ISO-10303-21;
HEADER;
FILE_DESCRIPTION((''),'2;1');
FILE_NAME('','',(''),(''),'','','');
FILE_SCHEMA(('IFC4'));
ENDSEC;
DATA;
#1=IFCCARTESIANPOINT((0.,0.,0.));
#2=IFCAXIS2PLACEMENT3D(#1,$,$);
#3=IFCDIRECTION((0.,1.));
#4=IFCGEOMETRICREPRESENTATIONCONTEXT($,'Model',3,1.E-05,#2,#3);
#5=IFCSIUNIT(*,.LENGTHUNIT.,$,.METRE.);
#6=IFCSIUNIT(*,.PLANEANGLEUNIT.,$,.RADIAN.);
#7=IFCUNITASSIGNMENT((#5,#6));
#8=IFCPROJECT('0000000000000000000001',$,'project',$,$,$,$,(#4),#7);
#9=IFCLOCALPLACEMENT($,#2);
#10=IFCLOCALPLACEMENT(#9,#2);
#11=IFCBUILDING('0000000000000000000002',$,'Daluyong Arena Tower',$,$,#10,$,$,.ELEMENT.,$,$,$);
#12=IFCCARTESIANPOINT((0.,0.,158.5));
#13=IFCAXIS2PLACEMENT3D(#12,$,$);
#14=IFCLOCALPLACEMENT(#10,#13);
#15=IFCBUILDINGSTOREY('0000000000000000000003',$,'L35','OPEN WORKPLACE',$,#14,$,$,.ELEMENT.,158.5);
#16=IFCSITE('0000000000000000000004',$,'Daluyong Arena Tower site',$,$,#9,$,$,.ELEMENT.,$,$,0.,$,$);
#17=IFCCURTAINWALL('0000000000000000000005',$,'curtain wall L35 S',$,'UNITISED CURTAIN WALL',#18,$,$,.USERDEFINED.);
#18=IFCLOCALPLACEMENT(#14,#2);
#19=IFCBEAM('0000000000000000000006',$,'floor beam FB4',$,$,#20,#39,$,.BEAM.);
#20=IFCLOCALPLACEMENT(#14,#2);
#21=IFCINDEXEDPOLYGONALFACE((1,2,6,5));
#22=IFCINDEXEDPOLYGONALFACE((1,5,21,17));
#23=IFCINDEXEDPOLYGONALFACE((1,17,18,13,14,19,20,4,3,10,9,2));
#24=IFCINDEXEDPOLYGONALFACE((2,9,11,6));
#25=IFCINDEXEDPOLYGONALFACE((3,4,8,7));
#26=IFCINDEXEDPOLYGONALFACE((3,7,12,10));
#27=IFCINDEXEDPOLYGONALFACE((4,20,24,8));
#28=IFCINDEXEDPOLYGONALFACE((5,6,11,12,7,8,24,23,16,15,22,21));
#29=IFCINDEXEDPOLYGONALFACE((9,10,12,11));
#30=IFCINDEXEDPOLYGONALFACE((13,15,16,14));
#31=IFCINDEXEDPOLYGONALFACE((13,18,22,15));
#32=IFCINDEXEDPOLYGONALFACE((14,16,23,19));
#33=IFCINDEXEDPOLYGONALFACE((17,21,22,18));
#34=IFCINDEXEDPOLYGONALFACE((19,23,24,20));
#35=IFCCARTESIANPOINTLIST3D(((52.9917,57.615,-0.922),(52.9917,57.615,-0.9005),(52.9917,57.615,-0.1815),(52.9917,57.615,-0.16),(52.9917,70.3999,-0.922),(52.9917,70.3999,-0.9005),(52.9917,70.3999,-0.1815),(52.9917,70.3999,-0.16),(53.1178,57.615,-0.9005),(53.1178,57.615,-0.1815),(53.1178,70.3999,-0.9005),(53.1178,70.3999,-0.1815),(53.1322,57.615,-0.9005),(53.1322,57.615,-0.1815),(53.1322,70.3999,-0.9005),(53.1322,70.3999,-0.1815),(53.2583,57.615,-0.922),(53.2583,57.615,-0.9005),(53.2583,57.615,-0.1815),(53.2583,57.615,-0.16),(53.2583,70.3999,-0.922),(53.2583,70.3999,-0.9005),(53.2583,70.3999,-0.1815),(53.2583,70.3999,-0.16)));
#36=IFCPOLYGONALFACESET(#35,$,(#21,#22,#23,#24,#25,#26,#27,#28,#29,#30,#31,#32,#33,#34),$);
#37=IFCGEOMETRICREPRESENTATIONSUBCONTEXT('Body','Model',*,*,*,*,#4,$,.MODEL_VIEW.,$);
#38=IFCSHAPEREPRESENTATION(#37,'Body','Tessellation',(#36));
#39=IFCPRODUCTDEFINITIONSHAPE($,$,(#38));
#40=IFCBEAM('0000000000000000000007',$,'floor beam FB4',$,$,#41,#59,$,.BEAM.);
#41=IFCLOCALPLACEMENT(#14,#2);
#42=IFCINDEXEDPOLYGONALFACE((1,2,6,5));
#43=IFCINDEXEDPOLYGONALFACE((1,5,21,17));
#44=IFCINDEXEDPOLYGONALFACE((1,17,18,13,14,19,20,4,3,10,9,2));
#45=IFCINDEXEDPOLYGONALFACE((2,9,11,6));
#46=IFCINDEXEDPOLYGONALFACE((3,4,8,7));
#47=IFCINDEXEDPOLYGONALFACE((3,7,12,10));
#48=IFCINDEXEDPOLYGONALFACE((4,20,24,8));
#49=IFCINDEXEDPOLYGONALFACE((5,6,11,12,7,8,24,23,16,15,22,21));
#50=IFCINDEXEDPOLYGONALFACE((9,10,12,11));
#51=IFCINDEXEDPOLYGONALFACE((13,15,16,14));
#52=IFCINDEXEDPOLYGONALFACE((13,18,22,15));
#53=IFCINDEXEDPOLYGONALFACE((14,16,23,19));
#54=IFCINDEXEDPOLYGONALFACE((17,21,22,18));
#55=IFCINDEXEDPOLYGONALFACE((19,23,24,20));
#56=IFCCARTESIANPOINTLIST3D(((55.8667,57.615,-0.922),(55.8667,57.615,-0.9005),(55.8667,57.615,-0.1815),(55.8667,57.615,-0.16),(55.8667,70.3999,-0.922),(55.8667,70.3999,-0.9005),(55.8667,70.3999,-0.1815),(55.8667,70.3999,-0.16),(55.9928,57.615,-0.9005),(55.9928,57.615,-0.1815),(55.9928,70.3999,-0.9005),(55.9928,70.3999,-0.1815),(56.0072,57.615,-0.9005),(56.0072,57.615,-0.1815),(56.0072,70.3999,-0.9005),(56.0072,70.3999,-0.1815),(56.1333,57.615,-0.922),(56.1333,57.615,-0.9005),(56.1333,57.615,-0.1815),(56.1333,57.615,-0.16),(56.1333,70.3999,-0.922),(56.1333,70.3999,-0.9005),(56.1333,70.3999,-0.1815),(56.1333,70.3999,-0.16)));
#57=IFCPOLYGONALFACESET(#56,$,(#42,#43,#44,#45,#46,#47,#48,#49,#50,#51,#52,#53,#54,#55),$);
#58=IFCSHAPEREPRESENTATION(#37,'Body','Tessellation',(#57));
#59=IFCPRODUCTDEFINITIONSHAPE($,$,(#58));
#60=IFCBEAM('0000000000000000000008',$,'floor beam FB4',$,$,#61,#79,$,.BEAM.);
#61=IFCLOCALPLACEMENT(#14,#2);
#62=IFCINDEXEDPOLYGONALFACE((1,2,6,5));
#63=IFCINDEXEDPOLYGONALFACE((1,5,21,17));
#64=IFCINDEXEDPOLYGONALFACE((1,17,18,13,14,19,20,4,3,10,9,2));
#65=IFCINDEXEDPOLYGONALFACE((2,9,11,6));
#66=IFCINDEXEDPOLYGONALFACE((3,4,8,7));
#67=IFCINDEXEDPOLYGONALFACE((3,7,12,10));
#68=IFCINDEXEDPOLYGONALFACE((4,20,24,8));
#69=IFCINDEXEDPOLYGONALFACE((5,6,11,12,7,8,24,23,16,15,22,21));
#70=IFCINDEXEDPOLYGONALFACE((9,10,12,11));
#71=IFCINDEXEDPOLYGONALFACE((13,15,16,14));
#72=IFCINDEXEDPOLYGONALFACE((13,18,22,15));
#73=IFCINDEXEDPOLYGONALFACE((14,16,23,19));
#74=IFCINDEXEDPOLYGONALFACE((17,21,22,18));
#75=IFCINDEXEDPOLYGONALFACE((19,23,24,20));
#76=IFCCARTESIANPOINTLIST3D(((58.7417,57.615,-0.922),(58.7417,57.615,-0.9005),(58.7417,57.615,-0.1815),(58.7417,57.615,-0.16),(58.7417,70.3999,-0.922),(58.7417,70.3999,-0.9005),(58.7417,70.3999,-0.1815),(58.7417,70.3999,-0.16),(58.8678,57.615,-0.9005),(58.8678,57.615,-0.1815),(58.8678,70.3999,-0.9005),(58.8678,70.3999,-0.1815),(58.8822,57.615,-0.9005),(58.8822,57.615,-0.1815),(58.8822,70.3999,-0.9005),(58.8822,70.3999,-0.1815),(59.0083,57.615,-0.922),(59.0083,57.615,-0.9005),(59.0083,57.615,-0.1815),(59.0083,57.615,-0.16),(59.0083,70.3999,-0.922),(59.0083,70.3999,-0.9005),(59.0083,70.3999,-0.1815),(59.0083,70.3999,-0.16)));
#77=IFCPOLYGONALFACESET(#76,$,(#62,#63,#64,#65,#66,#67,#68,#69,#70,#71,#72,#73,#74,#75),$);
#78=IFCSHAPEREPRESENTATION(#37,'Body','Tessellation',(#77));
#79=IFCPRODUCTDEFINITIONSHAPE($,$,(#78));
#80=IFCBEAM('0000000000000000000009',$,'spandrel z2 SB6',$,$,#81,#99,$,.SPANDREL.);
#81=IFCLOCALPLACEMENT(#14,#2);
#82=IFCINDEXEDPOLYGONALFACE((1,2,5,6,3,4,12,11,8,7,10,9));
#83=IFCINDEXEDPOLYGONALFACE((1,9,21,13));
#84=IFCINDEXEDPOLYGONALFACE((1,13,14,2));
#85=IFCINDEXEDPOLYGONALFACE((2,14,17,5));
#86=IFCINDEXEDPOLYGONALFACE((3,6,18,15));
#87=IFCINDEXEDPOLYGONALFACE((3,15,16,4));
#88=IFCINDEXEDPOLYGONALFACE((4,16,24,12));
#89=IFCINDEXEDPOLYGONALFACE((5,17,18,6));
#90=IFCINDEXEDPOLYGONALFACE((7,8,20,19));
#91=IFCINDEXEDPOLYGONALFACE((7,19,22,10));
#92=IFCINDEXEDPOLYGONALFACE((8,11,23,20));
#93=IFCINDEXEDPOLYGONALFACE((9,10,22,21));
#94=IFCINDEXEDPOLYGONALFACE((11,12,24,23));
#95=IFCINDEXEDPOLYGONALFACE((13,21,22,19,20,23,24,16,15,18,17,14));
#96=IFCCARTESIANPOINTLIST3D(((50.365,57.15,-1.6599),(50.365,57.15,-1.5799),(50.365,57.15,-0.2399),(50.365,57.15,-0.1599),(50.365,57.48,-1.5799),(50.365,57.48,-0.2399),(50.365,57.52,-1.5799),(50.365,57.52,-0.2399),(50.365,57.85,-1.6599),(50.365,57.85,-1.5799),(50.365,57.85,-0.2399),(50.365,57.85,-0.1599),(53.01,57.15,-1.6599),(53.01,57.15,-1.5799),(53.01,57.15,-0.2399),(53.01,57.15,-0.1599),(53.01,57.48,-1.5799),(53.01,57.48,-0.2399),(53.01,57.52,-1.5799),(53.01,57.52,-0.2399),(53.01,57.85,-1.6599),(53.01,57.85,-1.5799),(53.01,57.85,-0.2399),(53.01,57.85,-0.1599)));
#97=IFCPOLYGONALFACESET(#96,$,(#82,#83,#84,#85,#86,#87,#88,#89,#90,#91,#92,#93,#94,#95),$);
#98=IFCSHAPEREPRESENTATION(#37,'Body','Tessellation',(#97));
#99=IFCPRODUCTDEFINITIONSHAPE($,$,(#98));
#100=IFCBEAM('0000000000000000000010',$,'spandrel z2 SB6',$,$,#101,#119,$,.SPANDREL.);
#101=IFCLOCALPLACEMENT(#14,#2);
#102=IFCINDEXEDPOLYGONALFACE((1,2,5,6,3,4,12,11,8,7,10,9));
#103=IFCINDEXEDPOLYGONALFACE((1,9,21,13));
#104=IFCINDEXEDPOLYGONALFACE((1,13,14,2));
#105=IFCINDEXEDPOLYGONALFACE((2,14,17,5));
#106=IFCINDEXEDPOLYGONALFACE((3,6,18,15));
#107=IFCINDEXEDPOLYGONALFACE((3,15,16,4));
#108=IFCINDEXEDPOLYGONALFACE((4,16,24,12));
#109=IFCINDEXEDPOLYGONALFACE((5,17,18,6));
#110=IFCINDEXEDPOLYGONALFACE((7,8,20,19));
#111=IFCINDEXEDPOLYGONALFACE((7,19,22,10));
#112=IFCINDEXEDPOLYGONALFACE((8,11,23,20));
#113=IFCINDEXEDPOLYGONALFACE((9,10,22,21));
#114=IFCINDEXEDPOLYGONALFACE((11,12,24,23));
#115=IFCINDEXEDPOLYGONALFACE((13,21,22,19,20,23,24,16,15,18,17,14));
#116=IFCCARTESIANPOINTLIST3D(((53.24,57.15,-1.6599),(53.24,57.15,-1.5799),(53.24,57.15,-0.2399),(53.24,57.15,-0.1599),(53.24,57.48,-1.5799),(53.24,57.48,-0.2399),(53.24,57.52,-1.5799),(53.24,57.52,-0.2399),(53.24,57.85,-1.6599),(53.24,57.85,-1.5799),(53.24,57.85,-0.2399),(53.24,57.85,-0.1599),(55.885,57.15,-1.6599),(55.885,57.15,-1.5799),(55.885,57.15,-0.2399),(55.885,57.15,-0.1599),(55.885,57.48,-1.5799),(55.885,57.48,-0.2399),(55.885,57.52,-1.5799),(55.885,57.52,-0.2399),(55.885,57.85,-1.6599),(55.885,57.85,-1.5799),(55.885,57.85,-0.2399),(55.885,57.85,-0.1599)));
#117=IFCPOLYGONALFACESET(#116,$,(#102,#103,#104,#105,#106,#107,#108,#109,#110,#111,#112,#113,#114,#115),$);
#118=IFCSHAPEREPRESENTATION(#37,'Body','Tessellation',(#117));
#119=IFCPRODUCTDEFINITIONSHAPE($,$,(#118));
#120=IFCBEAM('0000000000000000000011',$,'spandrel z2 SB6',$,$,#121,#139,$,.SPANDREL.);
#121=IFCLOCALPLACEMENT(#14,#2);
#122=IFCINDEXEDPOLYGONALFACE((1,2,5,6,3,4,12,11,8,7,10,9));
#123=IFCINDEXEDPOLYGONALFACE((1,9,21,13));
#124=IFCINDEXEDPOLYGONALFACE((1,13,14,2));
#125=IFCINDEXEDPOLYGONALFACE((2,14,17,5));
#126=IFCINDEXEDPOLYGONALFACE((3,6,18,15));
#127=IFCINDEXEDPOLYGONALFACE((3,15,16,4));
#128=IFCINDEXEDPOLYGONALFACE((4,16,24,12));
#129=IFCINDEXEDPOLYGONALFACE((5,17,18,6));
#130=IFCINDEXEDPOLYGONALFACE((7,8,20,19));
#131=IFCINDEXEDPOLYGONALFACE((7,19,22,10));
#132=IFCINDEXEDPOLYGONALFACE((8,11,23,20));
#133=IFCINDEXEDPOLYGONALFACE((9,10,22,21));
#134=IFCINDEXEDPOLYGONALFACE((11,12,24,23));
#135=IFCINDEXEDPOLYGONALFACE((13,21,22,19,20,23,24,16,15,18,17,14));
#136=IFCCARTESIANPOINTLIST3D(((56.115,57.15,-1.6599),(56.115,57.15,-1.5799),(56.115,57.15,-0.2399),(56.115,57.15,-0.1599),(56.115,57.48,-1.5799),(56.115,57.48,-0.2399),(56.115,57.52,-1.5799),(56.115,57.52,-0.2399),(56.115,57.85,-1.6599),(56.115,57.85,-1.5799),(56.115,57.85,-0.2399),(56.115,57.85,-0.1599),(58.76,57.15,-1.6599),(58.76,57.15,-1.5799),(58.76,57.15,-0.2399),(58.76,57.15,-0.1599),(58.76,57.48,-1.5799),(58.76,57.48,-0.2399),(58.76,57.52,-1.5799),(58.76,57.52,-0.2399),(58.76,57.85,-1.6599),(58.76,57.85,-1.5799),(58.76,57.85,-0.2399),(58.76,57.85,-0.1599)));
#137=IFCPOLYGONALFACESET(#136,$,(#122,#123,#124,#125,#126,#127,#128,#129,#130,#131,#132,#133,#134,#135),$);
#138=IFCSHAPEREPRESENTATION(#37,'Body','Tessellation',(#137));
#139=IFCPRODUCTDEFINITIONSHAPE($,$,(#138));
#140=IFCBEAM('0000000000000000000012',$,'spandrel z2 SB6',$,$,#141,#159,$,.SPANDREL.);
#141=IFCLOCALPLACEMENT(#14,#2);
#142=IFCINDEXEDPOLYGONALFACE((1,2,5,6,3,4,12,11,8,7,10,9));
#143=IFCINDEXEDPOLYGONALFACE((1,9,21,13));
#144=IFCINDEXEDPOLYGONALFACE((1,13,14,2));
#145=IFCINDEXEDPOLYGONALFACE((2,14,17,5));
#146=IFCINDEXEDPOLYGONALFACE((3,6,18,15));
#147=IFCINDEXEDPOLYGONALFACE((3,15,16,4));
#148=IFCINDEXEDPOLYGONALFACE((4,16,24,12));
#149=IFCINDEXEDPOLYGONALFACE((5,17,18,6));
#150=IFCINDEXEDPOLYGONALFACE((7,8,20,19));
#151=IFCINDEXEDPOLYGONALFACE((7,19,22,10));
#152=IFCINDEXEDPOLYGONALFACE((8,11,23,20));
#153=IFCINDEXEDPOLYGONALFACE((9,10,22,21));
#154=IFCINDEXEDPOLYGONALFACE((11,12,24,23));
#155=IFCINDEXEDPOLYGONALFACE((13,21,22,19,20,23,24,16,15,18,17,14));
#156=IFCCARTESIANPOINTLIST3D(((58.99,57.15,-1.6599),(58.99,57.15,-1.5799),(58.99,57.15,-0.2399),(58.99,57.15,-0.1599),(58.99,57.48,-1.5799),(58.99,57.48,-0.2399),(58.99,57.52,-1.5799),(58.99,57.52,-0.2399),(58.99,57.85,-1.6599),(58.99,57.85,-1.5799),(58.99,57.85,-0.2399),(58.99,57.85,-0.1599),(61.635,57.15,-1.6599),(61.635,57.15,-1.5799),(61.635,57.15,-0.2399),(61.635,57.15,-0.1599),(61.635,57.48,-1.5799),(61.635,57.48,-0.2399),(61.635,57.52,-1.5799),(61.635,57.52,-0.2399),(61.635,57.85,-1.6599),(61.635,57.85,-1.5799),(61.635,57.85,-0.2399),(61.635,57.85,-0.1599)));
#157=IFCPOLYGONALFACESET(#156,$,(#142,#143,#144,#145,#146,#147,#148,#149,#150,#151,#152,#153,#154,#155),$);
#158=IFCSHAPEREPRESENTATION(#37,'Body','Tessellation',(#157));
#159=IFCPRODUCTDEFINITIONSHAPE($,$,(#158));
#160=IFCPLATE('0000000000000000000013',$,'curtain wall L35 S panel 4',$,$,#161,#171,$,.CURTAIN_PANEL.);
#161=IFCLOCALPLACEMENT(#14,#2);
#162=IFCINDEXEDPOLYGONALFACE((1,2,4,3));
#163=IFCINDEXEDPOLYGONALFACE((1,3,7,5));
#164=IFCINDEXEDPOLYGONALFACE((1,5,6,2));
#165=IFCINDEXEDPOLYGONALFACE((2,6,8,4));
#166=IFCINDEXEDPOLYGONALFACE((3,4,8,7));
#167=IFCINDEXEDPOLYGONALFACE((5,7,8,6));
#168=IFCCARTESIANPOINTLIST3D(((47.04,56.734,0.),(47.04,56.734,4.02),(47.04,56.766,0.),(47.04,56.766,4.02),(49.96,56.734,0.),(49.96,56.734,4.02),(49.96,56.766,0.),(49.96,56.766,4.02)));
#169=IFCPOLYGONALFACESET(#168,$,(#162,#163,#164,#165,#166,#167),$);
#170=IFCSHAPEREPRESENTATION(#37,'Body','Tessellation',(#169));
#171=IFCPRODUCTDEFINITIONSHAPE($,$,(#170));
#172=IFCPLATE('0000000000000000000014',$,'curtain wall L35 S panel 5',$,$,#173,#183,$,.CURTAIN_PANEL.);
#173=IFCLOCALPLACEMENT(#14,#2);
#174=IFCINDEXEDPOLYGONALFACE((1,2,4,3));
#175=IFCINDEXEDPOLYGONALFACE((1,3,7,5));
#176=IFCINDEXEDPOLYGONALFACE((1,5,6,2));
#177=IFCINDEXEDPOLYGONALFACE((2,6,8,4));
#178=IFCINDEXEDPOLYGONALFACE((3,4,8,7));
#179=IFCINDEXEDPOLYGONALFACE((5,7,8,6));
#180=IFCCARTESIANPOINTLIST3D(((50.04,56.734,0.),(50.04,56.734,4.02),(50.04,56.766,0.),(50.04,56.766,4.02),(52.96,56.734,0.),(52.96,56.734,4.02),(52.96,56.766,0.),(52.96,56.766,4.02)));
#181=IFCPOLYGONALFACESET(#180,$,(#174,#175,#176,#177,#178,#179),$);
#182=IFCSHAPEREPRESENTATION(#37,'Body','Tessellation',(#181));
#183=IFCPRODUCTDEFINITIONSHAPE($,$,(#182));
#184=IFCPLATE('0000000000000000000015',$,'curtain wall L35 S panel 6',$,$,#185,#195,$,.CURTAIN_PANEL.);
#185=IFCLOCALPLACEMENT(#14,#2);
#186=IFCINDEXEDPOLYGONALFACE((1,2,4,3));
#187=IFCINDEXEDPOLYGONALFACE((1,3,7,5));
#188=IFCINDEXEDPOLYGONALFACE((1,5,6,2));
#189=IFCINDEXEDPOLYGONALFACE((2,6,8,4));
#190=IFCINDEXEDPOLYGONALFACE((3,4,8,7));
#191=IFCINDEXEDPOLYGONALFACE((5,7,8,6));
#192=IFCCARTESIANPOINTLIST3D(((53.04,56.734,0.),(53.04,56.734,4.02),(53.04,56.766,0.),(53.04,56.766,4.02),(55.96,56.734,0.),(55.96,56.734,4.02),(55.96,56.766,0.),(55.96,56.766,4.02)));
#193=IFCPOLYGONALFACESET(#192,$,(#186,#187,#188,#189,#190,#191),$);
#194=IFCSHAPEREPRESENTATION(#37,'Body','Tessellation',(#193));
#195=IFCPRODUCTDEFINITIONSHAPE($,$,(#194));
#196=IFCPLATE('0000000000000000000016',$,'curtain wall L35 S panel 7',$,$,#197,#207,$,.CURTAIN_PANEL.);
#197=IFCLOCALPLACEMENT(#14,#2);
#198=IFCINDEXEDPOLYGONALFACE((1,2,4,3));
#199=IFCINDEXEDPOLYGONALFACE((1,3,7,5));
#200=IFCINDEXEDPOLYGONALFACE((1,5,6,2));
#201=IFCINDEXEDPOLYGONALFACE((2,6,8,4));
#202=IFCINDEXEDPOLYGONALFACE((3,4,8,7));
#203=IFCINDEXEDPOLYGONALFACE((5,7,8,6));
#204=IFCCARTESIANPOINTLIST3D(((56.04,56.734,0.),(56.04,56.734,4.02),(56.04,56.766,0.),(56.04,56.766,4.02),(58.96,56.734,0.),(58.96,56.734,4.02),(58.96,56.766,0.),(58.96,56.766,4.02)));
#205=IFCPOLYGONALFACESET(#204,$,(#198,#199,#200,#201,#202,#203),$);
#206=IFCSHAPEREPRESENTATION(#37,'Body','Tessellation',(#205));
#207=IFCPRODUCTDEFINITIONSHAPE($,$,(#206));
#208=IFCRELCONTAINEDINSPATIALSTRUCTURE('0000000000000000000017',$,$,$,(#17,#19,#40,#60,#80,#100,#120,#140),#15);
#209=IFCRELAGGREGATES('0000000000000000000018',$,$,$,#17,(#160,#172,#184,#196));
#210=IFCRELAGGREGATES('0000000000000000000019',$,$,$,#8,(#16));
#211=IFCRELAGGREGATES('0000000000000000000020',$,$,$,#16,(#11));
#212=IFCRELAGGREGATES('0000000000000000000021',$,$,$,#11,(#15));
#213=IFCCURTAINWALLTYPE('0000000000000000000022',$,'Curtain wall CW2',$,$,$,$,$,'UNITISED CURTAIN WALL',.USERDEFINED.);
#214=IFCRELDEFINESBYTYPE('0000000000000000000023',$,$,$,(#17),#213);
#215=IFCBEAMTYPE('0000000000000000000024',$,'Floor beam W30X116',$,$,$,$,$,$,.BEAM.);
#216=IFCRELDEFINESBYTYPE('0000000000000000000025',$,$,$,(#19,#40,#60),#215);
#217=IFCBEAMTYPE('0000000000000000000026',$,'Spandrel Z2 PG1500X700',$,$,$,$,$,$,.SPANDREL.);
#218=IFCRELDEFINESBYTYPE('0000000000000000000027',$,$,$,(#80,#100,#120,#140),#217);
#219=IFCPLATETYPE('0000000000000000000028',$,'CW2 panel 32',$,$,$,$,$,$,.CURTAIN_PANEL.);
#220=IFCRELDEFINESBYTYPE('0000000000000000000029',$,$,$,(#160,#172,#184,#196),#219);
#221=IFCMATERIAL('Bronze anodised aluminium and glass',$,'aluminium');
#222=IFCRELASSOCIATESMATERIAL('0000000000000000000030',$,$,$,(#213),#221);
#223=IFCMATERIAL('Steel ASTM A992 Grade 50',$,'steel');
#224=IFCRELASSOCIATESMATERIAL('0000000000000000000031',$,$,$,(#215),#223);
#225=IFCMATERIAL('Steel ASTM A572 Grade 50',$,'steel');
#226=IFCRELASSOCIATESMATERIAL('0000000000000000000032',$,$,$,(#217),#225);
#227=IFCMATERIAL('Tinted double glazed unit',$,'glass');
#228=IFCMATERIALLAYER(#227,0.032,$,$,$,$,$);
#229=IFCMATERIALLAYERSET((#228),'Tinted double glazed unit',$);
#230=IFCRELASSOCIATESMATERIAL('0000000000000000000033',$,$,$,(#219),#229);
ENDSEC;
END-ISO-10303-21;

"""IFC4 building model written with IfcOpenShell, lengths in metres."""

from ifc_helpers import new_model, si_unit, direction, frame, origin, origin_2d, place, context, subcontext, project, spatial, rectangle, i_section, extrude, material, layer, layer_set, material_profile, profile_set, type_object, element, aggregate, save


model = new_model("IFC4")

# Units and contexts
model_context = context("Model", 3, precision=1e-05, world=origin(), true_north=direction((0.0, 1.0)))
body_context = subcontext(model_context, "Body", "Model", "MODEL_VIEW")
ifc_project = project(units=[si_unit("LENGTHUNIT", "METRE"), si_unit("PLANEANGLEUNIT", "RADIAN")], contexts=[model_context])

# Site, building, storey
site_placement = place(None, origin())
site = spatial("IfcSite", under=ifc_project, at=site_placement, Name="Daluyong Arena Tower site", CompositionType="ELEMENT", RefElevation=0.0)
building_placement = place(site_placement, origin())
building = spatial("IfcBuilding", under=site, at=building_placement, Name="Daluyong Arena Tower", CompositionType="ELEMENT")
storey_placement = place(building_placement, frame((0.0, 0.0, 158.5)))
storey = spatial("IfcBuildingStorey", under=building, at=storey_placement, Name="L35", Description="OPEN WORKPLACE", CompositionType="ELEMENT", Elevation=158.5)

# Curtain wall
ifc_material_1 = material(Name="Bronze anodised aluminium and glass", Category="aluminium")
curtain_wall_type = type_object("IfcCurtainWallType", Name="Curtain wall CW2", ElementType="UNITISED CURTAIN WALL", PredefinedType="USERDEFINED", material=ifc_material_1)
curtain_wall_placement = place(storey_placement, origin())
curtain_wall = element("IfcCurtainWall", 1, at=curtain_wall_placement, inside=storey, type_object=curtain_wall_type, Name="curtain wall L35 S", ObjectType="UNITISED CURTAIN WALL", PredefinedType="USERDEFINED")

# Beams
ifc_material_2 = material(Name="Steel ASTM A992 Grade 50", Category="steel")
ifc_material_profile_1 = material_profile(ifc_material_2, i_section(OverallWidth=0.2666, OverallDepth=0.762, WebThickness=0.0144, FlangeThickness=0.0215, at=origin_2d()))
ifc_profile_set_1 = profile_set([ifc_material_profile_1], Name="Steel ASTM A992 Grade 50")
beam_type_1 = type_object("IfcBeamType", Name="Floor beam W30X116", PredefinedType="BEAM", material=ifc_profile_set_1)
for number, where, z_axis, x_axis, name in (
    (2, (53.125, 57.615, -0.541), (0.0, 1.0, 0.0), (-1.0, 0.0, 0.0), "floor beam FB4"),
    (3, (56.0, 57.615, -0.541), (0.0, 1.0, 0.0), (-1.0, 0.0, 0.0), "floor beam FB4"),
    (4, (58.875, 57.615, -0.541), (0.0, 1.0, 0.0), (-1.0, 0.0, 0.0), "floor beam FB4"),
):
    element("IfcBeam", number, at=place(storey_placement, frame(where, z_axis=z_axis, x_axis=x_axis)), inside=storey, type_object=beam_type_1, Name=name, PredefinedType="BEAM", context=body_context, shape_type="SweptSolid", body=[
        extrude(i_section(OverallWidth=0.2666, OverallDepth=0.762, WebThickness=0.0144, FlangeThickness=0.0215, at=origin_2d()), origin(), (0.0, 0.0, 1.0), 12.7849),
    ])
ifc_material_3 = material(Name="Steel ASTM A572 Grade 50", Category="steel")
ifc_material_profile_2 = material_profile(ifc_material_3, i_section(OverallWidth=0.7, OverallDepth=1.5, WebThickness=0.04, FlangeThickness=0.08, at=origin_2d()))
ifc_profile_set_2 = profile_set([ifc_material_profile_2], Name="Steel ASTM A572 Grade 50")
beam_type_2 = type_object("IfcBeamType", Name="Spandrel Z2 PG1500X700", PredefinedType="SPANDREL", material=ifc_profile_set_2)
for number, where, z_axis, x_axis, name in (
    (5, (50.365, 57.5, -0.9099), (1.0, 0.0, 0.0), (0.0, 1.0, 0.0), "spandrel z2 SB6"),
    (6, (53.24, 57.5, -0.9099), (1.0, 0.0, 0.0), (0.0, 1.0, 0.0), "spandrel z2 SB6"),
    (7, (56.115, 57.5, -0.9099), (1.0, 0.0, 0.0), (0.0, 1.0, 0.0), "spandrel z2 SB6"),
    (8, (58.99, 57.5, -0.9099), (1.0, 0.0, 0.0), (0.0, 1.0, 0.0), "spandrel z2 SB6"),
):
    element("IfcBeam", number, at=place(storey_placement, frame(where, z_axis=z_axis, x_axis=x_axis)), inside=storey, type_object=beam_type_2, Name=name, PredefinedType="SPANDREL", context=body_context, shape_type="SweptSolid", body=[
        extrude(i_section(OverallWidth=0.7, OverallDepth=1.5, WebThickness=0.04, FlangeThickness=0.08, at=origin_2d()), origin(), (0.0, 0.0, 1.0), 2.645),
    ])

# Plates
ifc_material_4 = material(Name="Tinted double glazed unit", Category="glass")
ifc_layer_1 = layer(ifc_material_4, 0.032)
ifc_layer_set_1 = layer_set([ifc_layer_1], Name="Tinted double glazed unit")
plate_type = type_object("IfcPlateType", Name="CW2 panel 32", PredefinedType="CURTAIN_PANEL", material=ifc_layer_set_1)
plate_1_placement = place(storey_placement, frame((48.5, 56.75, 0.0), z_axis=(0.0, 0.0, 1.0), x_axis=(1.0, 0.0, 0.0)))
plate_1 = element("IfcPlate", 9, at=plate_1_placement, type_object=plate_type, Name="curtain wall L35 S panel 4", PredefinedType="CURTAIN_PANEL", context=body_context, shape_type="SweptSolid", body=[
    extrude(rectangle(XDim=2.9199, YDim=0.032, at=origin_2d()), origin(), (0.0, 0.0, 1.0), 4.02),
])
plate_2_placement = place(storey_placement, frame((51.5, 56.75, 0.0), z_axis=(0.0, 0.0, 1.0), x_axis=(1.0, 0.0, 0.0)))
plate_2 = element("IfcPlate", 10, at=plate_2_placement, type_object=plate_type, Name="curtain wall L35 S panel 5", PredefinedType="CURTAIN_PANEL", context=body_context, shape_type="SweptSolid", body=[
    extrude(rectangle(XDim=2.9199, YDim=0.032, at=origin_2d()), origin(), (0.0, 0.0, 1.0), 4.02),
])
plate_3_placement = place(storey_placement, frame((54.5, 56.75, 0.0), z_axis=(0.0, 0.0, 1.0), x_axis=(1.0, 0.0, 0.0)))
plate_3 = element("IfcPlate", 11, at=plate_3_placement, type_object=plate_type, Name="curtain wall L35 S panel 6", PredefinedType="CURTAIN_PANEL", context=body_context, shape_type="SweptSolid", body=[
    extrude(rectangle(XDim=2.9199, YDim=0.032, at=origin_2d()), origin(), (0.0, 0.0, 1.0), 4.02),
])
plate_4_placement = place(storey_placement, frame((57.5, 56.75, 0.0), z_axis=(0.0, 0.0, 1.0), x_axis=(1.0, 0.0, 0.0)))
plate_4 = element("IfcPlate", 12, at=plate_4_placement, type_object=plate_type, Name="curtain wall L35 S panel 7", PredefinedType="CURTAIN_PANEL", context=body_context, shape_type="SweptSolid", body=[
    extrude(rectangle(XDim=2.9199, YDim=0.032, at=origin_2d()), origin(), (0.0, 0.0, 1.0), 4.02),
])
aggregate(curtain_wall, [plate_1, plate_2, plate_3, plate_4])

save(model, "model.ifc")
